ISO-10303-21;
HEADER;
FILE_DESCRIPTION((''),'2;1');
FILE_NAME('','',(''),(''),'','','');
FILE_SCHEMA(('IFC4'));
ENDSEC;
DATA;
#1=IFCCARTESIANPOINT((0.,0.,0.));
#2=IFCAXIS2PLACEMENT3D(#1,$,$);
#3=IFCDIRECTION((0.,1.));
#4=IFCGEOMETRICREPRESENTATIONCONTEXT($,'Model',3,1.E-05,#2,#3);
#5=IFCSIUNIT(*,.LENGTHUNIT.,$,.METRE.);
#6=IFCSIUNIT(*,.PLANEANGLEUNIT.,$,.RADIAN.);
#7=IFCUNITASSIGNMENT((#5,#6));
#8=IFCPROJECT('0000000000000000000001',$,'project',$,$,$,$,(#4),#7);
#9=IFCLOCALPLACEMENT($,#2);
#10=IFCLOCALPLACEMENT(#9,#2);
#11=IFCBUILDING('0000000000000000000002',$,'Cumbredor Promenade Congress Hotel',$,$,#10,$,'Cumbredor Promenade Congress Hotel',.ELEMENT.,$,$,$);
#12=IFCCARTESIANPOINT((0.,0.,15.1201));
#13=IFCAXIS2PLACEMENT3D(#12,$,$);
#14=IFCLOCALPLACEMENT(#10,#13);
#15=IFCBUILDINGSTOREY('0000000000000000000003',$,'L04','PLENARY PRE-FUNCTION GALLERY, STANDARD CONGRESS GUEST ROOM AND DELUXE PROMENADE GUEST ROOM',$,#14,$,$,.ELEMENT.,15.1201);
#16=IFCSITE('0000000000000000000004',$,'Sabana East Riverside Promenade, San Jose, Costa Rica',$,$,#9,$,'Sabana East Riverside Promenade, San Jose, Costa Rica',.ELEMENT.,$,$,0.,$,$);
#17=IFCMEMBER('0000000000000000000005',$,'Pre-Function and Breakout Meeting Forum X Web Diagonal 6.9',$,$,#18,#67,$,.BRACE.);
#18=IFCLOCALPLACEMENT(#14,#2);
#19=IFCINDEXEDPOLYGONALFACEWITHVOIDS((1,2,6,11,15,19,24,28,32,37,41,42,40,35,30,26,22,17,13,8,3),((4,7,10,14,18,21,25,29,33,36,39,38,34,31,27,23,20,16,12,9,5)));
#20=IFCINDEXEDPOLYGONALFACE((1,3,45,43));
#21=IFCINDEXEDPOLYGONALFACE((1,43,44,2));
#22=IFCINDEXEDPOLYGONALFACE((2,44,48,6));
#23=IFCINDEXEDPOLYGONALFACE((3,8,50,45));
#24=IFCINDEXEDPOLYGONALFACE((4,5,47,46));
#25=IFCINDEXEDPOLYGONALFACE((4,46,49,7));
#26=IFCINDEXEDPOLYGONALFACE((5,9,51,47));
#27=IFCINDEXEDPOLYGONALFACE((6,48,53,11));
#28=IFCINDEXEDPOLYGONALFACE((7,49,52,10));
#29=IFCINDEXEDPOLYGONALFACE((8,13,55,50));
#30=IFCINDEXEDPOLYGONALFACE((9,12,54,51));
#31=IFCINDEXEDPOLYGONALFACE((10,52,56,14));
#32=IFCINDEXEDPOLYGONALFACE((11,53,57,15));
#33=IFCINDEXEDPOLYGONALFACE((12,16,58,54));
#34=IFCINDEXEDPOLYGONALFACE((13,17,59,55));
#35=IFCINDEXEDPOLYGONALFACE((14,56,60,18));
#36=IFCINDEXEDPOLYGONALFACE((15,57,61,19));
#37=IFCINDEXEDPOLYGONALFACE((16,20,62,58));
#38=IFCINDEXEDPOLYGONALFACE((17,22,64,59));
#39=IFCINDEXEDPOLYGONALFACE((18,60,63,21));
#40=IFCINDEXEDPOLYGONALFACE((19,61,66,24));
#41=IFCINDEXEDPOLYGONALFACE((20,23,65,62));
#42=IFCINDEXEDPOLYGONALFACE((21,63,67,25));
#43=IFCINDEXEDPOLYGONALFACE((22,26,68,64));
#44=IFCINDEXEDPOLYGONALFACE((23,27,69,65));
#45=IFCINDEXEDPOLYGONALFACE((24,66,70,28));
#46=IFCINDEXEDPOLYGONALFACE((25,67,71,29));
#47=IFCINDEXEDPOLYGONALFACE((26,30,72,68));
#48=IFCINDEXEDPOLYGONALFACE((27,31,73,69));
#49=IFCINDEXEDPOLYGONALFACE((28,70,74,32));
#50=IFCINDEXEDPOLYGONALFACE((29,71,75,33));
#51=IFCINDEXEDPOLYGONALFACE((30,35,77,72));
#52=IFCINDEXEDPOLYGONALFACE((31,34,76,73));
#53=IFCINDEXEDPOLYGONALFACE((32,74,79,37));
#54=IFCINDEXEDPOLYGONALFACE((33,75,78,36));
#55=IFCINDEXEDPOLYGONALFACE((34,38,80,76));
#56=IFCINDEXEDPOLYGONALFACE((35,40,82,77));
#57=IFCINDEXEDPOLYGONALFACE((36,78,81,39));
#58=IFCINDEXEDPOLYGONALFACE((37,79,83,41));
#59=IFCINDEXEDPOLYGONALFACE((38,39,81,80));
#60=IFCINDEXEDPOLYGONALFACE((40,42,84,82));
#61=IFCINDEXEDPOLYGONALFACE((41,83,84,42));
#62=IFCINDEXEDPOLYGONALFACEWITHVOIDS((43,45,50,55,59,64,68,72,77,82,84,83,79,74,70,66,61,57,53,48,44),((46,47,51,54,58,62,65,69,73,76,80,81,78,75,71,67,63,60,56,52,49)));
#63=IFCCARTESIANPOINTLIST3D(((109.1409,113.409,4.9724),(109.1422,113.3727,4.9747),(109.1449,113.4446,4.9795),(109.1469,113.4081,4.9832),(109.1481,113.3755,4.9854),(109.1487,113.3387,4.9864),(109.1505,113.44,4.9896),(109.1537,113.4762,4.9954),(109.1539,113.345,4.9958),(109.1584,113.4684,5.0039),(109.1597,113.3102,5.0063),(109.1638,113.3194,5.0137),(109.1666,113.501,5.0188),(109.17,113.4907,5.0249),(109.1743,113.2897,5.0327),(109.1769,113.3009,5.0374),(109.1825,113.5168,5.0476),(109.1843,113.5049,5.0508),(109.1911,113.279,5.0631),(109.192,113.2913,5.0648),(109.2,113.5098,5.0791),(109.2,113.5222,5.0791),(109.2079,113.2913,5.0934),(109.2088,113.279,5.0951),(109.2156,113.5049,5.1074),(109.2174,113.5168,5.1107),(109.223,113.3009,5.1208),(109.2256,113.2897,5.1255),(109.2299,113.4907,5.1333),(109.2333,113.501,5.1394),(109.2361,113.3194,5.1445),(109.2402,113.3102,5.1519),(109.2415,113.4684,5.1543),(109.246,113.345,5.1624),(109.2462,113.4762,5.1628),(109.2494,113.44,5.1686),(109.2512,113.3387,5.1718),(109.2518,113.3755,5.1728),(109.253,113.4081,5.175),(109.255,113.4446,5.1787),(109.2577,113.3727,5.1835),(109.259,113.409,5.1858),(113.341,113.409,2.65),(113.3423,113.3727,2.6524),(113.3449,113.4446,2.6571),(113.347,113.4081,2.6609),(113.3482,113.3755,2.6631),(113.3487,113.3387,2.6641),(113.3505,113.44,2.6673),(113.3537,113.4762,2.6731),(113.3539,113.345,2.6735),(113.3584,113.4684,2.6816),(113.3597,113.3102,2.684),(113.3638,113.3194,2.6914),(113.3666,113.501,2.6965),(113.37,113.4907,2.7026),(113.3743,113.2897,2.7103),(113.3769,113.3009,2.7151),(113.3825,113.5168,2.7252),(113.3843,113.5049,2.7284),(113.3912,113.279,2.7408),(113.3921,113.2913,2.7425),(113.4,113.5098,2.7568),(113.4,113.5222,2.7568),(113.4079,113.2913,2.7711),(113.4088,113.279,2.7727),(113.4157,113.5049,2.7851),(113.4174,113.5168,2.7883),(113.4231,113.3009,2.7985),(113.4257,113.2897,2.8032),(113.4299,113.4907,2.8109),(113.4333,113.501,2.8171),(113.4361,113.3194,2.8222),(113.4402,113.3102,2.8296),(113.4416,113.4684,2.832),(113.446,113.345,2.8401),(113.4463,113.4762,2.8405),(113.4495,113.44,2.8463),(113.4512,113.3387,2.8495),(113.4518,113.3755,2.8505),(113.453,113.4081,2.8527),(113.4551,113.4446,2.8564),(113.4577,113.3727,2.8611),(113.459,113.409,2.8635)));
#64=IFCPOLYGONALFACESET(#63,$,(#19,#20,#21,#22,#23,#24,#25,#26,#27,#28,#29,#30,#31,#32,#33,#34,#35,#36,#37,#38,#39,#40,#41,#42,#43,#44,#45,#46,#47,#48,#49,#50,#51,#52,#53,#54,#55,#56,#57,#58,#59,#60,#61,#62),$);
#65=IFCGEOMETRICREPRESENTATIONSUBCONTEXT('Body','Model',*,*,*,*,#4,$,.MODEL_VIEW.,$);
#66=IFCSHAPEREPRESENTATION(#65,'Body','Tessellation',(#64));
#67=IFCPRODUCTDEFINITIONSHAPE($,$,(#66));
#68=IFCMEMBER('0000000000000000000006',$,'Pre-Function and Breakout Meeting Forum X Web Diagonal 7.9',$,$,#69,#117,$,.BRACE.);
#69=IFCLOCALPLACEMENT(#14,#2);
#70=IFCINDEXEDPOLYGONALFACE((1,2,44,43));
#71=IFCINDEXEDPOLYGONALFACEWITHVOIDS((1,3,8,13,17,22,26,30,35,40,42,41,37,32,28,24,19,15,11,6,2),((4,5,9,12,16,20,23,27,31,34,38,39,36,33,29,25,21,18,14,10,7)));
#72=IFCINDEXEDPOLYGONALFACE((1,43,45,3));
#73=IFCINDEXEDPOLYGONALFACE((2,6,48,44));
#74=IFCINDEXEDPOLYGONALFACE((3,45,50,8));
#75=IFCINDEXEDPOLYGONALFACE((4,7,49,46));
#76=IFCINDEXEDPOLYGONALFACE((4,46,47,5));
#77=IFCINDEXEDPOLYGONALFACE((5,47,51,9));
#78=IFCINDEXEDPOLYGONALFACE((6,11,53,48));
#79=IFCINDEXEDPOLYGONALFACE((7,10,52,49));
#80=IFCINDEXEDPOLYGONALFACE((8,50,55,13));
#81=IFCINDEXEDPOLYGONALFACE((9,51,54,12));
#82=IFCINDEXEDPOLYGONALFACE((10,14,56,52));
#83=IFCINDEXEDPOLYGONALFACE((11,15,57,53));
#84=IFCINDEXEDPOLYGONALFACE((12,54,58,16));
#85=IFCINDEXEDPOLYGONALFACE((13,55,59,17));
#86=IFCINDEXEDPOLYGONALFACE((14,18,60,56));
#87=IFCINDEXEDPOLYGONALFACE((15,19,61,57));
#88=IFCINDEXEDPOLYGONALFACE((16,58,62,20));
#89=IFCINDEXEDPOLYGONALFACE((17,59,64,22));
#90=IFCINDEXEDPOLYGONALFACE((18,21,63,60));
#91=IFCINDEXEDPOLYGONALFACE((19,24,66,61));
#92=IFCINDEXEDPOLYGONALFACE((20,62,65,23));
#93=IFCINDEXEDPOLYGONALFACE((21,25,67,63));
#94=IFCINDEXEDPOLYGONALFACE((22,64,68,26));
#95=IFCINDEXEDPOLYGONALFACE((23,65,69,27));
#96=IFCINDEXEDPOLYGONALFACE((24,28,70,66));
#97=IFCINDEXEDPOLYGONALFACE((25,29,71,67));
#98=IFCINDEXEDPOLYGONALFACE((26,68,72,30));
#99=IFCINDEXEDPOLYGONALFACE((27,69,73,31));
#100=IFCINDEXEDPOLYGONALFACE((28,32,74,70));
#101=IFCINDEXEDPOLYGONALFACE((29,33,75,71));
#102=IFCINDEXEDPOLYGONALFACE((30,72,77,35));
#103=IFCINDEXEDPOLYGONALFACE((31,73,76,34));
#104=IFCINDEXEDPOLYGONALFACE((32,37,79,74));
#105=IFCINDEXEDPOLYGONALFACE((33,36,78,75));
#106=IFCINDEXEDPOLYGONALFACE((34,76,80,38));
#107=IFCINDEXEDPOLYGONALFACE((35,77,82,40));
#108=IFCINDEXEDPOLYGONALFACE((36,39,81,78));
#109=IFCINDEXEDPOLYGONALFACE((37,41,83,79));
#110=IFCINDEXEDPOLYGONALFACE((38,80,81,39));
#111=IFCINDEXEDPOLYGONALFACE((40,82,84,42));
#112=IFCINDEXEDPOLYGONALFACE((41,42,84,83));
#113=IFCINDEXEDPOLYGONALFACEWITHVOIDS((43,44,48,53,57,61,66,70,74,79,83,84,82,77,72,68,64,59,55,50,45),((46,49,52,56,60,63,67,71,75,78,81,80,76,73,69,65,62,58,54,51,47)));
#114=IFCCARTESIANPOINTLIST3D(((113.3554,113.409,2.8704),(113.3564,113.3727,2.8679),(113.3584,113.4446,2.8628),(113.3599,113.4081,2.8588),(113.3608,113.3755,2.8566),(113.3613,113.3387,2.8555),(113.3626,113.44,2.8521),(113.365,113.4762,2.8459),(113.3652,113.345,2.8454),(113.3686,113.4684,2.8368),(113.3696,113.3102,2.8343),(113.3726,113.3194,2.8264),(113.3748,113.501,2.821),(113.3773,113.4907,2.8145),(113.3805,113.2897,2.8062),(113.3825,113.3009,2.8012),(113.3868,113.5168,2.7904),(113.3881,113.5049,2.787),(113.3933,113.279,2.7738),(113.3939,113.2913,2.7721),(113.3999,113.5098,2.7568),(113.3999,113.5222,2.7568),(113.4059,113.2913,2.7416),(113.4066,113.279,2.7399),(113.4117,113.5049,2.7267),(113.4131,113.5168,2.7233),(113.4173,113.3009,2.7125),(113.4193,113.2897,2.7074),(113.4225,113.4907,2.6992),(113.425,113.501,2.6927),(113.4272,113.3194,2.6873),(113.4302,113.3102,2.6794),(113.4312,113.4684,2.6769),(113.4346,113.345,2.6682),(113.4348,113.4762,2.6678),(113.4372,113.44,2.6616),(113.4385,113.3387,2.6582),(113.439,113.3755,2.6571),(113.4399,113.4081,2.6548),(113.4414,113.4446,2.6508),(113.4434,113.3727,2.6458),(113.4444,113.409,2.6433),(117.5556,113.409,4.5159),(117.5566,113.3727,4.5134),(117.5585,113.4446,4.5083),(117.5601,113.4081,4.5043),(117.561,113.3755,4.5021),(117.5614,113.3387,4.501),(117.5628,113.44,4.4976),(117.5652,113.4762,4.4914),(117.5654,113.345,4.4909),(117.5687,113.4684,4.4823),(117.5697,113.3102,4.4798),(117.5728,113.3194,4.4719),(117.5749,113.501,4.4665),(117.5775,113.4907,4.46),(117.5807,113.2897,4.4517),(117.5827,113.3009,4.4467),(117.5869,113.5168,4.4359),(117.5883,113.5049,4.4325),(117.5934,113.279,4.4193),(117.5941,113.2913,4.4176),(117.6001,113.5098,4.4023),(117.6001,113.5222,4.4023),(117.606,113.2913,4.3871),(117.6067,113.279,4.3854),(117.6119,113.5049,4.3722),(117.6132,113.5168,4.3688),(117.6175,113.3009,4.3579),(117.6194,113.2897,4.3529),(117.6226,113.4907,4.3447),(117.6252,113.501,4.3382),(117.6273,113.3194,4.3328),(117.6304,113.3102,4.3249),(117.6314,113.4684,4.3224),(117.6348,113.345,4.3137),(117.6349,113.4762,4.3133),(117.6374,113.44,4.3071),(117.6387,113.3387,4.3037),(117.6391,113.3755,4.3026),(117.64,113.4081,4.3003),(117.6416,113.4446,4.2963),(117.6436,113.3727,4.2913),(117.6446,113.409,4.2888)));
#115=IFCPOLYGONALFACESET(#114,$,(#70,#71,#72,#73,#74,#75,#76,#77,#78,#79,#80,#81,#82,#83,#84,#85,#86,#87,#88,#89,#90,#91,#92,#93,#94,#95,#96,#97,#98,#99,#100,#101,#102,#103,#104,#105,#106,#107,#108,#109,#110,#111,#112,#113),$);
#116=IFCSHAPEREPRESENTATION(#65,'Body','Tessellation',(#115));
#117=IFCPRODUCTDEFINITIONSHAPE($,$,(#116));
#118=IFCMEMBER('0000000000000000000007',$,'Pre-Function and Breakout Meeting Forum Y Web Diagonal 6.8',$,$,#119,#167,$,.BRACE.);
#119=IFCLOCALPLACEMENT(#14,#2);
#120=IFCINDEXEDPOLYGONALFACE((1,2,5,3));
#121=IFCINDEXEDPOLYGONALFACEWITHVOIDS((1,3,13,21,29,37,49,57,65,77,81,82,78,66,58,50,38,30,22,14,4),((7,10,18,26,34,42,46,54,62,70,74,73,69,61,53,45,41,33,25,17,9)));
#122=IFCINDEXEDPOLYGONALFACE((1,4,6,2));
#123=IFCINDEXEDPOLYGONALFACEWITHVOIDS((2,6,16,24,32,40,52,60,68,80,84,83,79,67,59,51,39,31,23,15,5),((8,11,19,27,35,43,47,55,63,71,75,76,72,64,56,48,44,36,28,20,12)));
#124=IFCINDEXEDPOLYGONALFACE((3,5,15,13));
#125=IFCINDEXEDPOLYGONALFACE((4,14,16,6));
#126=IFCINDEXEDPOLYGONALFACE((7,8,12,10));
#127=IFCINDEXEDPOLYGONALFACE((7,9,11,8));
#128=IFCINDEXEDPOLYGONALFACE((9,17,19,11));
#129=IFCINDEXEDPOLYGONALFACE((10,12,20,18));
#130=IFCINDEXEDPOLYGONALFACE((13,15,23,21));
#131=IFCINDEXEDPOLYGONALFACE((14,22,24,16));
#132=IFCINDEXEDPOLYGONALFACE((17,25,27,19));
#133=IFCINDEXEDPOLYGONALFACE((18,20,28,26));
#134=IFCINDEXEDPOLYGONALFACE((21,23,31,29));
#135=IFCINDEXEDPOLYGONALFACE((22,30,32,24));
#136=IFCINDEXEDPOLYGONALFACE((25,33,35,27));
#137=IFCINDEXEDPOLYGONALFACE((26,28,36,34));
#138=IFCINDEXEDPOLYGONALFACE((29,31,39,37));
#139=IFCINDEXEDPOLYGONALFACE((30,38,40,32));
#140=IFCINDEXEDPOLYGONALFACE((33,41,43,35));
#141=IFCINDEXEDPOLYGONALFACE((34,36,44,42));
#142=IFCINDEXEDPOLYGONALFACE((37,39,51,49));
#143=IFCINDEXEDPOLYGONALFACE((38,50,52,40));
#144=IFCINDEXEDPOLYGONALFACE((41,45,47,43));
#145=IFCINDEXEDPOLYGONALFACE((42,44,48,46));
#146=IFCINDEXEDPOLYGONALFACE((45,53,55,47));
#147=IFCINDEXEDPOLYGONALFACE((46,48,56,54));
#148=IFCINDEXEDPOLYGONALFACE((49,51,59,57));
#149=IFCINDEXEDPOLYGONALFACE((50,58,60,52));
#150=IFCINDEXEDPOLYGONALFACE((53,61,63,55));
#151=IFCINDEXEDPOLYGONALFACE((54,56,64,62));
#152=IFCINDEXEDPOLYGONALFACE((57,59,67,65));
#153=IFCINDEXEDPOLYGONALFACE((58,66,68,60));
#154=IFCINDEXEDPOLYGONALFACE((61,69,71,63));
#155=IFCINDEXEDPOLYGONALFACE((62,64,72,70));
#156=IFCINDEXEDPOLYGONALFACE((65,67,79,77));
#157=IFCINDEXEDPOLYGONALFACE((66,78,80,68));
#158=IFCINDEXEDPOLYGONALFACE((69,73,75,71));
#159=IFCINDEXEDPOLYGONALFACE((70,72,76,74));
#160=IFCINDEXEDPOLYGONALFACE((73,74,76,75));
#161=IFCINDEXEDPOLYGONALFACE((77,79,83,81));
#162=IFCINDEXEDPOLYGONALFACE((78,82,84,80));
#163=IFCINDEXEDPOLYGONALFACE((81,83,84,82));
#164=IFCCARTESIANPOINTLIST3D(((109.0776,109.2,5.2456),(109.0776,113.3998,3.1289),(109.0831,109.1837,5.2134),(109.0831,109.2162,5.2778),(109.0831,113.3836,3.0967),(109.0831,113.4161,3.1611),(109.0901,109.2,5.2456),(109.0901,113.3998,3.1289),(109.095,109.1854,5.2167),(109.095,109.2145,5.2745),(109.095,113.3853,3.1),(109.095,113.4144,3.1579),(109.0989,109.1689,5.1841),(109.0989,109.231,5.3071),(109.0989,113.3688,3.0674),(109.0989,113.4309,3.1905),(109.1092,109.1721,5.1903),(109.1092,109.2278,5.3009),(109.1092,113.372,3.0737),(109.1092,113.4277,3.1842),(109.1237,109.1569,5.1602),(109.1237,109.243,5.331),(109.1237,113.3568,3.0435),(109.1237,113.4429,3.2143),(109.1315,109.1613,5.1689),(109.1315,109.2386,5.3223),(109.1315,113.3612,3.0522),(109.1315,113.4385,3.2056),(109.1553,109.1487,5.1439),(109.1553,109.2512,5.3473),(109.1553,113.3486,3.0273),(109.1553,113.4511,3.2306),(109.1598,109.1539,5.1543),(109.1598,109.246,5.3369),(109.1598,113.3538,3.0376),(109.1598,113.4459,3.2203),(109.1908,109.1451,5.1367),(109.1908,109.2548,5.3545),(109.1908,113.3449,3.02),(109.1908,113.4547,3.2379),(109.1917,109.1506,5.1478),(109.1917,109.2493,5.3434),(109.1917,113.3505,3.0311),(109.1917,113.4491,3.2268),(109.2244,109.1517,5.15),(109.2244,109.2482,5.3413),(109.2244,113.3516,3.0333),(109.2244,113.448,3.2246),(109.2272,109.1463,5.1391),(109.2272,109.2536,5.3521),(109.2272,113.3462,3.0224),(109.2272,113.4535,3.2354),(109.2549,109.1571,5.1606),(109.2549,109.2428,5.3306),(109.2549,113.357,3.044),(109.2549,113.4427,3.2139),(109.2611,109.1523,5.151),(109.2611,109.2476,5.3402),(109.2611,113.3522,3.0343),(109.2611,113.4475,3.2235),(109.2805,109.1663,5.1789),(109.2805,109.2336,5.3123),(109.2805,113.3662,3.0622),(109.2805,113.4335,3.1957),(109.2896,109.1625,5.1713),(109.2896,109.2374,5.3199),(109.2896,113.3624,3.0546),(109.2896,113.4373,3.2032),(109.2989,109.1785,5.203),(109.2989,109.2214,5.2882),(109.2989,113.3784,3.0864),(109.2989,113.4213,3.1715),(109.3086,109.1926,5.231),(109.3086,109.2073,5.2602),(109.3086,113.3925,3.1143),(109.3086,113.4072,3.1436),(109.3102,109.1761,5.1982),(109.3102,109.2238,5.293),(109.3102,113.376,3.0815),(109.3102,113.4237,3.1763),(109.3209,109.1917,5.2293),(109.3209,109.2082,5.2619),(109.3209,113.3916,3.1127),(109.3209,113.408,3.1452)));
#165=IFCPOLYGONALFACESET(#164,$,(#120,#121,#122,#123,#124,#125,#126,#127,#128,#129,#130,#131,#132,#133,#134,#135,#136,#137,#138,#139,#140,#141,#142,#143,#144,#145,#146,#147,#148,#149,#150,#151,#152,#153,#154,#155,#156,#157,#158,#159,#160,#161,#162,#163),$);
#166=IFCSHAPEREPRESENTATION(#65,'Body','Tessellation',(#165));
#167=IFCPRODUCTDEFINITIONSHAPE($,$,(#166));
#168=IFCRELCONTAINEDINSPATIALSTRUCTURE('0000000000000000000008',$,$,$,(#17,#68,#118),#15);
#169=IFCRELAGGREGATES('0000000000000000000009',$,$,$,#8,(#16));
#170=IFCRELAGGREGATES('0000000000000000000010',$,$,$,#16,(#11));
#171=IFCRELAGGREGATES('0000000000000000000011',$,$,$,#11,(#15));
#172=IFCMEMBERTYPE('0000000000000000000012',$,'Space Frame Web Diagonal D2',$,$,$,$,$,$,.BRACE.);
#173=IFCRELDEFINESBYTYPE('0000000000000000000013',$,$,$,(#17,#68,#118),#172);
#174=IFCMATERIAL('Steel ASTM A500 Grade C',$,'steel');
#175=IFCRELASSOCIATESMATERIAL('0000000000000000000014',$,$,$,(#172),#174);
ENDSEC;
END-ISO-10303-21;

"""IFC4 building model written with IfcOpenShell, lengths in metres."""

from ifc_helpers import new_model, si_unit, direction, frame, origin, origin_2d, place, context, subcontext, project, spatial, hollow_circle, extrude, material, material_profile, profile_set, type_object, element, save


model = new_model("IFC4")

# Units and contexts
model_context = context("Model", 3, precision=1e-05, world=origin(), true_north=direction((0.0, 1.0)))
body_context = subcontext(model_context, "Body", "Model", "MODEL_VIEW")
ifc_project = project(units=[si_unit("LENGTHUNIT", "METRE"), si_unit("PLANEANGLEUNIT", "RADIAN")], contexts=[model_context])

# Site, building, storey
site_placement = place(None, origin())
site = spatial("IfcSite", under=ifc_project, at=site_placement, Name="Sabana East Riverside Promenade, San Jose, Costa Rica", LongName="Sabana East Riverside Promenade, San Jose, Costa Rica", CompositionType="ELEMENT", RefElevation=0.0)
building_placement = place(site_placement, origin())
building = spatial("IfcBuilding", under=site, at=building_placement, Name="Cumbredor Promenade Congress Hotel", LongName="Cumbredor Promenade Congress Hotel", CompositionType="ELEMENT")
storey_placement = place(building_placement, frame((0.0, 0.0, 15.1201)))
storey = spatial("IfcBuildingStorey", under=building, at=storey_placement, Name="L04", Description="PLENARY PRE-FUNCTION GALLERY, STANDARD CONGRESS GUEST ROOM AND DELUXE PROMENADE GUEST ROOM", CompositionType="ELEMENT", Elevation=15.1201)

# Members
ifc_material_1 = material(Name="Steel ASTM A500 Grade C", Category="steel")
ifc_material_profile_1 = material_profile(ifc_material_1, hollow_circle(Radius=0.1223, WallThickness=0.0125, at=origin_2d()), Name="CHS 244.5x12.5")
ifc_profile_set_1 = profile_set([ifc_material_profile_1], Name="Steel ASTM A500 Grade C")
member_type_1 = type_object("IfcMemberType", Name="Space Frame Web Diagonal D2", PredefinedType="BRACE", material=ifc_profile_set_1)
member_1_placement = place(storey_placement, frame((109.2, 113.3999, 5.0791), z_axis=(0.875132, 0.0, -0.483884), x_axis=(0.0, 1.0, 0.0)))
element("IfcMember", 1, at=member_1_placement, inside=storey, type_object=member_type_1, Name="Pre-Function and Breakout Meeting Forum X Web Diagonal 6.9", PredefinedType="BRACE", context=body_context, shape_type="SweptSolid", body=[
    extrude(hollow_circle(Radius=0.1223, WallThickness=0.0125, at=origin_2d()), origin(), (0.0, 0.0, 1.0), 4.7993),
])
member_2_placement = place(storey_placement, frame((113.3999, 113.3999, 2.7568), z_axis=(0.931096, 0.0, 0.364775), x_axis=(0.0, 1.0, 0.0)))
element("IfcMember", 2, at=member_2_placement, inside=storey, type_object=member_type_1, Name="Pre-Function and Breakout Meeting Forum X Web Diagonal 7.9", PredefinedType="BRACE", context=body_context, shape_type="SweptSolid", body=[
    extrude(hollow_circle(Radius=0.1223, WallThickness=0.0125, at=origin_2d()), origin(), (0.0, 0.0, 1.0), 4.511),
])
member_3_placement = place(storey_placement, frame((109.2, 109.2, 5.2456), z_axis=(0.0, 0.893, -0.450056), x_axis=(-1.0, 0.0, 0.0)))
element("IfcMember", 3, at=member_3_placement, inside=storey, type_object=member_type_1, Name="Pre-Function and Breakout Meeting Forum Y Web Diagonal 6.8", PredefinedType="BRACE", context=body_context, shape_type="SweptSolid", body=[
    extrude(hollow_circle(Radius=0.1223, WallThickness=0.0125, at=origin_2d()), origin(), (0.0, 0.0, 1.0), 4.7031),
])

save(model, "model.ifc")
